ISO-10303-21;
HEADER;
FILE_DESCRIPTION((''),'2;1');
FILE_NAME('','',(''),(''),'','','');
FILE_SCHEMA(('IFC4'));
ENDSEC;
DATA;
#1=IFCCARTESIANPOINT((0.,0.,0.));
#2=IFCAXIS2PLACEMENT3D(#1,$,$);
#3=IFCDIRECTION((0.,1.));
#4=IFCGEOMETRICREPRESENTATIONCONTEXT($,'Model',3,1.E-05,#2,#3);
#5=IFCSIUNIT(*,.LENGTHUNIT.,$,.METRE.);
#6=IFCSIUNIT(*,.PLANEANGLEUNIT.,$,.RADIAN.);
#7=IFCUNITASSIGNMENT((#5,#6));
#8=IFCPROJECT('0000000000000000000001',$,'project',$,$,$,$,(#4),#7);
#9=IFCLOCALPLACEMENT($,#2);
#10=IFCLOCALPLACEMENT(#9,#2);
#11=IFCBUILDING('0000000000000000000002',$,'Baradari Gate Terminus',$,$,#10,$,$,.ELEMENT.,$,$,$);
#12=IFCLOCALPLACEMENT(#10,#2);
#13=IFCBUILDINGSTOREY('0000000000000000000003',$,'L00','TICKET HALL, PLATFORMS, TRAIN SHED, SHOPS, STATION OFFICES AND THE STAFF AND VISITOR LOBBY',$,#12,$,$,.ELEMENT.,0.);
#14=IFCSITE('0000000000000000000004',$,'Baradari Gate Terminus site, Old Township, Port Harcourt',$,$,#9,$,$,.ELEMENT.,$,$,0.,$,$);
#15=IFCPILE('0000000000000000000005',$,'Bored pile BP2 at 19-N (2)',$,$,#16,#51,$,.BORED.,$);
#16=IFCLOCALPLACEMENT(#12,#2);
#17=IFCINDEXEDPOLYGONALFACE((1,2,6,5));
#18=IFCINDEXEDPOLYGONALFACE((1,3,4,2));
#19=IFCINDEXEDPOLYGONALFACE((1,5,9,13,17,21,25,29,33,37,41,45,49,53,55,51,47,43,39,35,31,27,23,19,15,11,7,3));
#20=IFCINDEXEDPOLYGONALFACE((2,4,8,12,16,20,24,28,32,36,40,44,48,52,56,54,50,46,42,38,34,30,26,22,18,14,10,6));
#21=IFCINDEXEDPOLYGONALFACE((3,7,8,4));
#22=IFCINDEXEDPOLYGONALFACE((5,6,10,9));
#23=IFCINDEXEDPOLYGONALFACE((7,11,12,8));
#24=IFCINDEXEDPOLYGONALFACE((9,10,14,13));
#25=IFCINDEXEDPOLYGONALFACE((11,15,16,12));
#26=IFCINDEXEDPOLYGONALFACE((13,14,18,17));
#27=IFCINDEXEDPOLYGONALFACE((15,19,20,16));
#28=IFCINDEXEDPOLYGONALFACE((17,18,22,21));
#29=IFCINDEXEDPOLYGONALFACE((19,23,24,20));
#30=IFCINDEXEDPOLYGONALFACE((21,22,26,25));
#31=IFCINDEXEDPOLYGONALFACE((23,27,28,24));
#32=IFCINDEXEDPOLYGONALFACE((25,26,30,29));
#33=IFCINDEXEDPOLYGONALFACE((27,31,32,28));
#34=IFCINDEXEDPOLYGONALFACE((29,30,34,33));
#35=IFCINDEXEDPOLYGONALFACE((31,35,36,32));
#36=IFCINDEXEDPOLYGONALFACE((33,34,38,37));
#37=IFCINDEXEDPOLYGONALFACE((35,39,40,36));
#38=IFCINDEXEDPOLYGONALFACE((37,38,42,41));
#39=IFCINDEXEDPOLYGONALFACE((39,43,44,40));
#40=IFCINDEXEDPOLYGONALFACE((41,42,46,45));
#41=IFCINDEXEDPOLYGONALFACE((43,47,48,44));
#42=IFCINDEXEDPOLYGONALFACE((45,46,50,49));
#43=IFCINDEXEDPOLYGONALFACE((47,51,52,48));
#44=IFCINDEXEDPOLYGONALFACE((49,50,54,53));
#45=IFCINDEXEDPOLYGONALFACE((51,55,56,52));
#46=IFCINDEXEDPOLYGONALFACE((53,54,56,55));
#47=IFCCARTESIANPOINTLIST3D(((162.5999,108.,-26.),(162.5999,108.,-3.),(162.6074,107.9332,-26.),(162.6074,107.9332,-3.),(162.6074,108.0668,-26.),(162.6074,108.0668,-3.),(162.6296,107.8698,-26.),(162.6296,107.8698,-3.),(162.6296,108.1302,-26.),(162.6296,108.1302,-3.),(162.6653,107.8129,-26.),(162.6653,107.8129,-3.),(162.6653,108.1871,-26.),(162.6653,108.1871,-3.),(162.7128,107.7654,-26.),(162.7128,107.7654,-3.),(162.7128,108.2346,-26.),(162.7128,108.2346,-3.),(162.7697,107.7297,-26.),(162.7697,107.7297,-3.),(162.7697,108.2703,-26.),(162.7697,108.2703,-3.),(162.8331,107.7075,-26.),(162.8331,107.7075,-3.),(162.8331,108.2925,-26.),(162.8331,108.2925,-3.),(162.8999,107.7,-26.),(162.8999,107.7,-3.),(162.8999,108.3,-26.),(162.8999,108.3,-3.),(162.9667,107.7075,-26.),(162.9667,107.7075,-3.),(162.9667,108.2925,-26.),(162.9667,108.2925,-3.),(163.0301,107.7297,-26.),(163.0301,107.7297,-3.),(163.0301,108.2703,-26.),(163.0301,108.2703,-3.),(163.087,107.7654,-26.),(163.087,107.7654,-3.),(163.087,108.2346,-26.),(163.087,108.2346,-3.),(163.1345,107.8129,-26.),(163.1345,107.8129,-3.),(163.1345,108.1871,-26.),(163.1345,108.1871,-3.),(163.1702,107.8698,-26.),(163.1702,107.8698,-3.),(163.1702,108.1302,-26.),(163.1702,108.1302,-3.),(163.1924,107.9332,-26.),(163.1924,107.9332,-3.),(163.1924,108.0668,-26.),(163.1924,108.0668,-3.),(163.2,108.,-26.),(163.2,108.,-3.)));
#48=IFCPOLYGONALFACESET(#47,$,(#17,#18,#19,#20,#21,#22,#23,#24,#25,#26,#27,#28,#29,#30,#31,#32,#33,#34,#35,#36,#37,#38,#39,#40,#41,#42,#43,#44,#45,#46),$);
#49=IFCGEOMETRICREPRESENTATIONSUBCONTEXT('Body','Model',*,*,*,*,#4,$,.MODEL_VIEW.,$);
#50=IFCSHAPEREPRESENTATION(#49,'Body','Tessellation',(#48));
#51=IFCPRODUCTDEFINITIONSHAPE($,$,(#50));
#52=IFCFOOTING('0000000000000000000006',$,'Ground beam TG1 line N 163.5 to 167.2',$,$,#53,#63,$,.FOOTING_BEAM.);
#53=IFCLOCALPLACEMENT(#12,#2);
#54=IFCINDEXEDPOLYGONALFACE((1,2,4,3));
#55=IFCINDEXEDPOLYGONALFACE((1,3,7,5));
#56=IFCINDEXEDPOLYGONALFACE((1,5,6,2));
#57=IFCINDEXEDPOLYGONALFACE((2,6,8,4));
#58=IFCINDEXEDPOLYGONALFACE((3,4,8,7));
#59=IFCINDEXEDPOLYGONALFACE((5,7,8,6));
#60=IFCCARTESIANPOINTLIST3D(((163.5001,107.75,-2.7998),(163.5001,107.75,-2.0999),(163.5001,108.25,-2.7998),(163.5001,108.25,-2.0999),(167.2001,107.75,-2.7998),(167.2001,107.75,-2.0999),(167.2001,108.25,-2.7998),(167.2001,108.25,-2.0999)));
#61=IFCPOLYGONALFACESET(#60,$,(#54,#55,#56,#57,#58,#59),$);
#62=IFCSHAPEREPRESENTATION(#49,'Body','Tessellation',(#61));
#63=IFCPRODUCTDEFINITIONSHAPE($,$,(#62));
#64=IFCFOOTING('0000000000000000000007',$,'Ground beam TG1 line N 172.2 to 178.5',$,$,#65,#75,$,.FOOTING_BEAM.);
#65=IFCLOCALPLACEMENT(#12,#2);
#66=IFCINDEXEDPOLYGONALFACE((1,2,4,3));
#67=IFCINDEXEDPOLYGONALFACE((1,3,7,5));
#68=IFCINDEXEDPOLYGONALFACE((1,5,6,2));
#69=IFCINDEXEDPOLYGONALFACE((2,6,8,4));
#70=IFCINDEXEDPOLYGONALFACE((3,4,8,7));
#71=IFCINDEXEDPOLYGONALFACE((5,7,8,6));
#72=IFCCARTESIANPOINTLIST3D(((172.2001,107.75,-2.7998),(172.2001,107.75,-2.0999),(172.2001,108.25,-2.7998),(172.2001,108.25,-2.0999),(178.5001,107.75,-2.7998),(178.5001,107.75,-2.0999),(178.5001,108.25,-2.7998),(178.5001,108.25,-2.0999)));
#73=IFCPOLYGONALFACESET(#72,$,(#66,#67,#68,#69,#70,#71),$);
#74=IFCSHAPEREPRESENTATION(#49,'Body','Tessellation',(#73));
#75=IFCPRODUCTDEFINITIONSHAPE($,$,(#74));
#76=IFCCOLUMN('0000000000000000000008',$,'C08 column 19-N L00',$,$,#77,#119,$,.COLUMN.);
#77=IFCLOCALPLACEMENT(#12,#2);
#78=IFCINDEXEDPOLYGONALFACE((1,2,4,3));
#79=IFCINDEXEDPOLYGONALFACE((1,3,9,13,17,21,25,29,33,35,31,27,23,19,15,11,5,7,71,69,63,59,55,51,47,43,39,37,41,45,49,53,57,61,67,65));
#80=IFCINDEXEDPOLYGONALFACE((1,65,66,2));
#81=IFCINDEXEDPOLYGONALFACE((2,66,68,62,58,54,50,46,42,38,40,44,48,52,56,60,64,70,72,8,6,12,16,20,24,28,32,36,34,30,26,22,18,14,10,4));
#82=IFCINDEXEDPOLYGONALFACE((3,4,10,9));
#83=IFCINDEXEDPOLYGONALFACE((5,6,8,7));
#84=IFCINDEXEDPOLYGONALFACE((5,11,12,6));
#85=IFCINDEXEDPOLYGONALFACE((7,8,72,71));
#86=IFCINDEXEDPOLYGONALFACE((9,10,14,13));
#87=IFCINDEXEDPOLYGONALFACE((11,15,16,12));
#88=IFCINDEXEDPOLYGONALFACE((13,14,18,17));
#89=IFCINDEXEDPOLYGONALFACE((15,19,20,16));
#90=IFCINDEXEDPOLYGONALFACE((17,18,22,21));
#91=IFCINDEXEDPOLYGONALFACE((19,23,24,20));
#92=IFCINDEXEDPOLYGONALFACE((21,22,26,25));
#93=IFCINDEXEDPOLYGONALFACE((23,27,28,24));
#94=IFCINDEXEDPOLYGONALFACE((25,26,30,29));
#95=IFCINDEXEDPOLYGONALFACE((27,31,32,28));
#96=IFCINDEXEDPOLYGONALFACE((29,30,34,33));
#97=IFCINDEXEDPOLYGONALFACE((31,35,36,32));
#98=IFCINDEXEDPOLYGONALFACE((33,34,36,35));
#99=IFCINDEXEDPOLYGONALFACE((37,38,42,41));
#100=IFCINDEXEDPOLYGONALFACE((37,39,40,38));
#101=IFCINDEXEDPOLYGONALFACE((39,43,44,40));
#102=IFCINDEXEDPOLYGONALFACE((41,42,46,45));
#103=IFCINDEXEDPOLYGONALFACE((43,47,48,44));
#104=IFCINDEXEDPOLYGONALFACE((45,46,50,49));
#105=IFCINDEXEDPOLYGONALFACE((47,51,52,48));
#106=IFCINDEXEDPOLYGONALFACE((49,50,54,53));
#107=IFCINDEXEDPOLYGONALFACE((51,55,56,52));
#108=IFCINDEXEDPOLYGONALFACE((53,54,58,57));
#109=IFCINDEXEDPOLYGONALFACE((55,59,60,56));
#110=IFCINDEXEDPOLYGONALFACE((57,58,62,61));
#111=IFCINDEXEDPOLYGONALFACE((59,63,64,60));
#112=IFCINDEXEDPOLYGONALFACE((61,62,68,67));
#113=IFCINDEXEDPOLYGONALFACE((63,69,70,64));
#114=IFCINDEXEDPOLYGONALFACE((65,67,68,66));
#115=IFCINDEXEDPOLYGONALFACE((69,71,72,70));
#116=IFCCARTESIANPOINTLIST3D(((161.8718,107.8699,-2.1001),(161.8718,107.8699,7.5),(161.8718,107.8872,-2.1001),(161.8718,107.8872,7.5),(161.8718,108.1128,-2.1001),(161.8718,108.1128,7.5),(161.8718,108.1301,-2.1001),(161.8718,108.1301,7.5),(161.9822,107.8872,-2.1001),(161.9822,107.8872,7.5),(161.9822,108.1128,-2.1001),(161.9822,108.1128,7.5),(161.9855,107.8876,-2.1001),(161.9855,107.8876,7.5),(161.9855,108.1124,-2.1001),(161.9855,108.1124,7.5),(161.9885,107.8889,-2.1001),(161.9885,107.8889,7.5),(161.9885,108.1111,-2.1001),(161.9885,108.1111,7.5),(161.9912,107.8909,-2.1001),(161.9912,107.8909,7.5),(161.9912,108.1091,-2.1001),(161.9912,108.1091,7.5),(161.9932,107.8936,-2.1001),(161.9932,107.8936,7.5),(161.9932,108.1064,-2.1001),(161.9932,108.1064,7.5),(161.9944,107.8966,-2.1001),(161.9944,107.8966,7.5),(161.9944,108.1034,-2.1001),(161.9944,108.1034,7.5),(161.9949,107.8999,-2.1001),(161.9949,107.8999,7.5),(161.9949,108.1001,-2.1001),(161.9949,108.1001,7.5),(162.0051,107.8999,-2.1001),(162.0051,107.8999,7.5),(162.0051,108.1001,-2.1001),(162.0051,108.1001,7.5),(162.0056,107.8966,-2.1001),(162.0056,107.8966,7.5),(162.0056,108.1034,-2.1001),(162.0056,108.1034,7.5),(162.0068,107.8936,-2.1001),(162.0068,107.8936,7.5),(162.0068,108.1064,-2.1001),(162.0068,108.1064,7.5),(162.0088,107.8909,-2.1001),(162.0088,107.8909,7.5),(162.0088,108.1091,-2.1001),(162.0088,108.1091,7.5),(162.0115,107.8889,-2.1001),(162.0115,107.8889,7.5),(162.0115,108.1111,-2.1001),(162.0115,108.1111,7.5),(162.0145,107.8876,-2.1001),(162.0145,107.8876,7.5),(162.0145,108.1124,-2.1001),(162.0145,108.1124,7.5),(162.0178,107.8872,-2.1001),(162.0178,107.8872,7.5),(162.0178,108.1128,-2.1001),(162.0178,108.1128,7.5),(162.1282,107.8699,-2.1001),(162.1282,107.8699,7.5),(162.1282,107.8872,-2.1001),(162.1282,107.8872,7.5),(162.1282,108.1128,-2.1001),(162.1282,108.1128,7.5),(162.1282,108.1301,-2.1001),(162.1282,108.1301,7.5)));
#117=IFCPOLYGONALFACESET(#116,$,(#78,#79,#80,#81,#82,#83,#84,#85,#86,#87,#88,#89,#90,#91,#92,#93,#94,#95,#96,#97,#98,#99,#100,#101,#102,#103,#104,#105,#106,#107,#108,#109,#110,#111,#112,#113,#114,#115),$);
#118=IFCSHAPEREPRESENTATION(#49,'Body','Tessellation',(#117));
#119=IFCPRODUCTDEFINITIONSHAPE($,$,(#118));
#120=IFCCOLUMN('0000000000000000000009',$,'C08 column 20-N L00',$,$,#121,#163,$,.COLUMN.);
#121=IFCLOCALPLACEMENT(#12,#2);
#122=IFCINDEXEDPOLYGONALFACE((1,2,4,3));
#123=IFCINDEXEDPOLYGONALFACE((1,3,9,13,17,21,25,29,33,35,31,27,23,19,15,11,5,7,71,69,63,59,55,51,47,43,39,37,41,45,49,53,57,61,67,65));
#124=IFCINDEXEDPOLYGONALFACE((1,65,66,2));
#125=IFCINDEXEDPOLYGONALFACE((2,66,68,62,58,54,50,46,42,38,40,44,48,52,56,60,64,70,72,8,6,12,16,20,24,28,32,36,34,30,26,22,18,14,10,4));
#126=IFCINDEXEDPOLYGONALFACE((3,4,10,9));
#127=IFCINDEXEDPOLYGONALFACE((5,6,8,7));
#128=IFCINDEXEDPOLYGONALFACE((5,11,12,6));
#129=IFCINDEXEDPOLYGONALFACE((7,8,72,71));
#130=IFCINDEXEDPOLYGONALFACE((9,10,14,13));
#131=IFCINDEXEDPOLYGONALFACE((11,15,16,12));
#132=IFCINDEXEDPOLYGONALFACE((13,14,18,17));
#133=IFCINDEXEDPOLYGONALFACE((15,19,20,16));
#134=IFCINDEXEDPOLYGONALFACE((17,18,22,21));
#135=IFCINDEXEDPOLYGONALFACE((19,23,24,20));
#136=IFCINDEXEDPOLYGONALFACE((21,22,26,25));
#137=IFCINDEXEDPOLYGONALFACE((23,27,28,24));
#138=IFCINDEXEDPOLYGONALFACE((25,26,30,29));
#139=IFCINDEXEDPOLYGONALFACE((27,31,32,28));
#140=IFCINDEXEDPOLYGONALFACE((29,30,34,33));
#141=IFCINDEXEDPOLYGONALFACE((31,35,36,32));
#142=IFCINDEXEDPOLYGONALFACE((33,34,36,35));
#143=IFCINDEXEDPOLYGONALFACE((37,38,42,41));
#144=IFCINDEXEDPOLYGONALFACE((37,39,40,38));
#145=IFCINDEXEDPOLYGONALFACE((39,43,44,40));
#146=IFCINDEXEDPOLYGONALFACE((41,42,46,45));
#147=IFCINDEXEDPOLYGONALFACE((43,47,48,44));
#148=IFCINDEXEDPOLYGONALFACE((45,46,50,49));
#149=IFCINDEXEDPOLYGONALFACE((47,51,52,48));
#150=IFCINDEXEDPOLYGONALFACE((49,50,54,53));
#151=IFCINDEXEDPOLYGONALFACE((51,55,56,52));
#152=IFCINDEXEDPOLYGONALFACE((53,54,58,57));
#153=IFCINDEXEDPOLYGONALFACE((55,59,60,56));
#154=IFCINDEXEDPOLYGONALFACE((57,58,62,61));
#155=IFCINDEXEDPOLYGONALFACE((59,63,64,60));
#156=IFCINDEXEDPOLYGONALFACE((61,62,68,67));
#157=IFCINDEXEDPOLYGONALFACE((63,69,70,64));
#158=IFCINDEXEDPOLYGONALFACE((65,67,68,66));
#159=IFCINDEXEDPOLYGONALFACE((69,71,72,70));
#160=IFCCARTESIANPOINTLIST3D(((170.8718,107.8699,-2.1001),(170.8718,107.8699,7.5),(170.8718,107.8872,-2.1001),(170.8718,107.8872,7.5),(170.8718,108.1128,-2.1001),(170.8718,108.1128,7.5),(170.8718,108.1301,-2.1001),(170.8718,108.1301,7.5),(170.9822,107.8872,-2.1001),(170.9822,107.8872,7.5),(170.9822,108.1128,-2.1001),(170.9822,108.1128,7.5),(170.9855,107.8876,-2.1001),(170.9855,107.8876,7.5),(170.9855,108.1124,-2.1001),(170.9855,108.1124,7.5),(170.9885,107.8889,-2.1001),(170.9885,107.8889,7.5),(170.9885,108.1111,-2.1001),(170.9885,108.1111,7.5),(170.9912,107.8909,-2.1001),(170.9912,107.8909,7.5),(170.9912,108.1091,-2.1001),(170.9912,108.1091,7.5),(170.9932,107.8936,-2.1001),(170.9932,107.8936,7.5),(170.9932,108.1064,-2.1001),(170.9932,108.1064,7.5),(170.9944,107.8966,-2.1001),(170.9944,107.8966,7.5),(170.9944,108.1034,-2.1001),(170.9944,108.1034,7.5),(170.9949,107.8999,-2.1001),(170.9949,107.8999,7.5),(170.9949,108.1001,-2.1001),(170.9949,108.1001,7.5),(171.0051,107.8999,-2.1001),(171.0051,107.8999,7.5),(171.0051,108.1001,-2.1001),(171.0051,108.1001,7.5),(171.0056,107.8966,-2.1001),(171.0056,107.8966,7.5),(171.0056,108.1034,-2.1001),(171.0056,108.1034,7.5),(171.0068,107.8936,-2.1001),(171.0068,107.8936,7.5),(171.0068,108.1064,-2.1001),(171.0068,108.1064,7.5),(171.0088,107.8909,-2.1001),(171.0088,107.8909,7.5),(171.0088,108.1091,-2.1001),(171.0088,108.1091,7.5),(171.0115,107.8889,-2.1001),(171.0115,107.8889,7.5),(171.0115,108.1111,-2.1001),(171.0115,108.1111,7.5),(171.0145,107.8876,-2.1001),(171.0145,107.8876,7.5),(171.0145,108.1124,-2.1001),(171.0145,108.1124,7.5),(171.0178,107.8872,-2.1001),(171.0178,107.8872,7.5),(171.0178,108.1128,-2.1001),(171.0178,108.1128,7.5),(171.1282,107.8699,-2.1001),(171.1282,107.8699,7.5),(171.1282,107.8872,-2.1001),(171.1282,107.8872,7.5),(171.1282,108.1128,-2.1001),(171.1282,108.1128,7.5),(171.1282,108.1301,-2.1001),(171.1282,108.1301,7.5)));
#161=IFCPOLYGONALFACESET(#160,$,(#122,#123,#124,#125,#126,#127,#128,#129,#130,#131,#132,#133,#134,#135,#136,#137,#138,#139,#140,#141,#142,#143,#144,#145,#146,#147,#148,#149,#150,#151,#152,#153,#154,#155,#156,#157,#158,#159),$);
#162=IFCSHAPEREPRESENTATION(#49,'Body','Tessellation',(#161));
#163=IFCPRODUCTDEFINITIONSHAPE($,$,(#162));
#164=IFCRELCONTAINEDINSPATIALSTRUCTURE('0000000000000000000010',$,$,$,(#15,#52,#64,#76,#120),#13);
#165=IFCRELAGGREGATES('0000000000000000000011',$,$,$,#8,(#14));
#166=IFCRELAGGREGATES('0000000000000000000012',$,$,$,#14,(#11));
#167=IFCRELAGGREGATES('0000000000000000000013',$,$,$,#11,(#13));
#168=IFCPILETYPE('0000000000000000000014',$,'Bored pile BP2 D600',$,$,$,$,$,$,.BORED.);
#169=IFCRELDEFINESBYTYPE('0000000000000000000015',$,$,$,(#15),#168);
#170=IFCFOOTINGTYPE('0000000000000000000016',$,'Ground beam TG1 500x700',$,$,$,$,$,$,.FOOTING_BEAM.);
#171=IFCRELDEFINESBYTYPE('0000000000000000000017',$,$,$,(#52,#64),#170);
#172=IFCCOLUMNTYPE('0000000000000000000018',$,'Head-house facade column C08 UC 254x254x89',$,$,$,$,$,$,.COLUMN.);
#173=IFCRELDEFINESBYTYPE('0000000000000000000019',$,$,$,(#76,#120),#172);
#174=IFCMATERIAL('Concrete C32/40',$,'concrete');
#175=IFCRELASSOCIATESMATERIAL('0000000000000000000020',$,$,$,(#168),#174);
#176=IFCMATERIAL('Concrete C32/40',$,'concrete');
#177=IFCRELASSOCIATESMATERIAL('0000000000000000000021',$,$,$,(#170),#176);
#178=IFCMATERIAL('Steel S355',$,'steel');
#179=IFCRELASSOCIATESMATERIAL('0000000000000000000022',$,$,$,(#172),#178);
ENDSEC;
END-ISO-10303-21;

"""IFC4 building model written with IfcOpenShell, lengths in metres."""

from ifc_helpers import new_model, si_unit, direction, frame, origin, origin_2d, place, context, subcontext, project, spatial, rectangle, circle, i_section, extrude, material, material_profile, profile_set, type_object, element, save


model = new_model("IFC4")

# Units and contexts
model_context = context("Model", 3, precision=1e-05, world=origin(), true_north=direction((0.0, 1.0)))
body_context = subcontext(model_context, "Body", "Model", "MODEL_VIEW")
ifc_project = project(units=[si_unit("LENGTHUNIT", "METRE"), si_unit("PLANEANGLEUNIT", "RADIAN")], contexts=[model_context])

# Site, building, storey
site_placement = place(None, origin())
site = spatial("IfcSite", under=ifc_project, at=site_placement, Name="Baradari Gate Terminus site, Old Township, Port Harcourt", CompositionType="ELEMENT", RefElevation=0.0)
building_placement = place(site_placement, origin())
building = spatial("IfcBuilding", under=site, at=building_placement, Name="Baradari Gate Terminus", CompositionType="ELEMENT")
storey_placement = place(building_placement, origin())
storey = spatial("IfcBuildingStorey", under=building, at=storey_placement, Name="L00", Description="TICKET HALL, PLATFORMS, TRAIN SHED, SHOPS, STATION OFFICES AND THE STAFF AND VISITOR LOBBY", CompositionType="ELEMENT", Elevation=0.0)

# Pile
ifc_material_1 = material(Name="Concrete C32/40", Category="concrete")
pile_type = type_object("IfcPileType", Name="Bored pile BP2 D600", PredefinedType="BORED", material=ifc_material_1)
pile_placement = place(storey_placement, frame((162.8999, 108.0, -3.0), z_axis=(0.0, 0.0, -1.0), x_axis=(1.0, 0.0, 0.0)))
element("IfcPile", 1, at=pile_placement, inside=storey, type_object=pile_type, Name="Bored pile BP2 at 19-N (2)", PredefinedType="BORED", context=body_context, shape_type="SweptSolid", body=[
    extrude(circle(Radius=0.3, at=origin_2d()), origin(), (0.0, 0.0, 1.0), 23.0),
])

# Footings
ifc_material_2 = material(Name="Concrete C32/40", Category="concrete")
footing_type = type_object("IfcFootingType", Name="Ground beam TG1 500x700", PredefinedType="FOOTING_BEAM", material=ifc_material_2)
footing_1_placement = place(storey_placement, frame((165.3501, 108.0, -2.7998), z_axis=(0.0, 0.0, 1.0), x_axis=(1.0, 0.0, 0.0)))
element("IfcFooting", 2, at=footing_1_placement, inside=storey, type_object=footing_type, Name="Ground beam TG1 line N 163.5 to 167.2", PredefinedType="FOOTING_BEAM", context=body_context, shape_type="SweptSolid", body=[
    extrude(rectangle(XDim=3.7, YDim=0.5, at=origin_2d()), origin(), (0.0, 0.0, 1.0), 0.7),
])
footing_2_placement = place(storey_placement, frame((175.3501, 108.0, -2.7998), z_axis=(0.0, 0.0, 1.0), x_axis=(1.0, 0.0, 0.0)))
element("IfcFooting", 3, at=footing_2_placement, inside=storey, type_object=footing_type, Name="Ground beam TG1 line N 172.2 to 178.5", PredefinedType="FOOTING_BEAM", context=body_context, shape_type="SweptSolid", body=[
    extrude(rectangle(XDim=6.3, YDim=0.5, at=origin_2d()), origin(), (0.0, 0.0, 1.0), 0.7),
])

# Columns
ifc_material_3 = material(Name="Steel S355", Category="steel")
ifc_material_profile_1 = material_profile(ifc_material_3, i_section(OverallWidth=0.2563, OverallDepth=0.2603, WebThickness=0.0103, FlangeThickness=0.0173, FilletRadius=0.0127, at=origin_2d()), Name="UC 254x254x89")
ifc_profile_set_1 = profile_set([ifc_material_profile_1], Name="Steel S355")
column_type = type_object("IfcColumnType", Name="Head-house facade column C08 UC 254x254x89", PredefinedType="COLUMN", material=ifc_profile_set_1)
for number, where, z_axis, x_axis, name in (
    (4, (162.0, 108.0, -2.1001), (0.0, 0.0, 1.0), (1.0, 0.0, 0.0), "C08 column 19-N L00"),
    (5, (171.0, 108.0, -2.1001), (0.0, 0.0, 1.0), (1.0, 0.0, 0.0), "C08 column 20-N L00"),
):
    element("IfcColumn", number, at=place(storey_placement, frame(where, z_axis=z_axis, x_axis=x_axis)), inside=storey, type_object=column_type, Name=name, PredefinedType="COLUMN", context=body_context, shape_type="SweptSolid", body=[
        extrude(i_section(OverallWidth=0.2563, OverallDepth=0.2603, WebThickness=0.0103, FlangeThickness=0.0173, FilletRadius=0.0127, at=origin_2d()), origin(), (0.0, 0.0, 1.0), 9.6001),
    ])

save(model, "model.ifc")
